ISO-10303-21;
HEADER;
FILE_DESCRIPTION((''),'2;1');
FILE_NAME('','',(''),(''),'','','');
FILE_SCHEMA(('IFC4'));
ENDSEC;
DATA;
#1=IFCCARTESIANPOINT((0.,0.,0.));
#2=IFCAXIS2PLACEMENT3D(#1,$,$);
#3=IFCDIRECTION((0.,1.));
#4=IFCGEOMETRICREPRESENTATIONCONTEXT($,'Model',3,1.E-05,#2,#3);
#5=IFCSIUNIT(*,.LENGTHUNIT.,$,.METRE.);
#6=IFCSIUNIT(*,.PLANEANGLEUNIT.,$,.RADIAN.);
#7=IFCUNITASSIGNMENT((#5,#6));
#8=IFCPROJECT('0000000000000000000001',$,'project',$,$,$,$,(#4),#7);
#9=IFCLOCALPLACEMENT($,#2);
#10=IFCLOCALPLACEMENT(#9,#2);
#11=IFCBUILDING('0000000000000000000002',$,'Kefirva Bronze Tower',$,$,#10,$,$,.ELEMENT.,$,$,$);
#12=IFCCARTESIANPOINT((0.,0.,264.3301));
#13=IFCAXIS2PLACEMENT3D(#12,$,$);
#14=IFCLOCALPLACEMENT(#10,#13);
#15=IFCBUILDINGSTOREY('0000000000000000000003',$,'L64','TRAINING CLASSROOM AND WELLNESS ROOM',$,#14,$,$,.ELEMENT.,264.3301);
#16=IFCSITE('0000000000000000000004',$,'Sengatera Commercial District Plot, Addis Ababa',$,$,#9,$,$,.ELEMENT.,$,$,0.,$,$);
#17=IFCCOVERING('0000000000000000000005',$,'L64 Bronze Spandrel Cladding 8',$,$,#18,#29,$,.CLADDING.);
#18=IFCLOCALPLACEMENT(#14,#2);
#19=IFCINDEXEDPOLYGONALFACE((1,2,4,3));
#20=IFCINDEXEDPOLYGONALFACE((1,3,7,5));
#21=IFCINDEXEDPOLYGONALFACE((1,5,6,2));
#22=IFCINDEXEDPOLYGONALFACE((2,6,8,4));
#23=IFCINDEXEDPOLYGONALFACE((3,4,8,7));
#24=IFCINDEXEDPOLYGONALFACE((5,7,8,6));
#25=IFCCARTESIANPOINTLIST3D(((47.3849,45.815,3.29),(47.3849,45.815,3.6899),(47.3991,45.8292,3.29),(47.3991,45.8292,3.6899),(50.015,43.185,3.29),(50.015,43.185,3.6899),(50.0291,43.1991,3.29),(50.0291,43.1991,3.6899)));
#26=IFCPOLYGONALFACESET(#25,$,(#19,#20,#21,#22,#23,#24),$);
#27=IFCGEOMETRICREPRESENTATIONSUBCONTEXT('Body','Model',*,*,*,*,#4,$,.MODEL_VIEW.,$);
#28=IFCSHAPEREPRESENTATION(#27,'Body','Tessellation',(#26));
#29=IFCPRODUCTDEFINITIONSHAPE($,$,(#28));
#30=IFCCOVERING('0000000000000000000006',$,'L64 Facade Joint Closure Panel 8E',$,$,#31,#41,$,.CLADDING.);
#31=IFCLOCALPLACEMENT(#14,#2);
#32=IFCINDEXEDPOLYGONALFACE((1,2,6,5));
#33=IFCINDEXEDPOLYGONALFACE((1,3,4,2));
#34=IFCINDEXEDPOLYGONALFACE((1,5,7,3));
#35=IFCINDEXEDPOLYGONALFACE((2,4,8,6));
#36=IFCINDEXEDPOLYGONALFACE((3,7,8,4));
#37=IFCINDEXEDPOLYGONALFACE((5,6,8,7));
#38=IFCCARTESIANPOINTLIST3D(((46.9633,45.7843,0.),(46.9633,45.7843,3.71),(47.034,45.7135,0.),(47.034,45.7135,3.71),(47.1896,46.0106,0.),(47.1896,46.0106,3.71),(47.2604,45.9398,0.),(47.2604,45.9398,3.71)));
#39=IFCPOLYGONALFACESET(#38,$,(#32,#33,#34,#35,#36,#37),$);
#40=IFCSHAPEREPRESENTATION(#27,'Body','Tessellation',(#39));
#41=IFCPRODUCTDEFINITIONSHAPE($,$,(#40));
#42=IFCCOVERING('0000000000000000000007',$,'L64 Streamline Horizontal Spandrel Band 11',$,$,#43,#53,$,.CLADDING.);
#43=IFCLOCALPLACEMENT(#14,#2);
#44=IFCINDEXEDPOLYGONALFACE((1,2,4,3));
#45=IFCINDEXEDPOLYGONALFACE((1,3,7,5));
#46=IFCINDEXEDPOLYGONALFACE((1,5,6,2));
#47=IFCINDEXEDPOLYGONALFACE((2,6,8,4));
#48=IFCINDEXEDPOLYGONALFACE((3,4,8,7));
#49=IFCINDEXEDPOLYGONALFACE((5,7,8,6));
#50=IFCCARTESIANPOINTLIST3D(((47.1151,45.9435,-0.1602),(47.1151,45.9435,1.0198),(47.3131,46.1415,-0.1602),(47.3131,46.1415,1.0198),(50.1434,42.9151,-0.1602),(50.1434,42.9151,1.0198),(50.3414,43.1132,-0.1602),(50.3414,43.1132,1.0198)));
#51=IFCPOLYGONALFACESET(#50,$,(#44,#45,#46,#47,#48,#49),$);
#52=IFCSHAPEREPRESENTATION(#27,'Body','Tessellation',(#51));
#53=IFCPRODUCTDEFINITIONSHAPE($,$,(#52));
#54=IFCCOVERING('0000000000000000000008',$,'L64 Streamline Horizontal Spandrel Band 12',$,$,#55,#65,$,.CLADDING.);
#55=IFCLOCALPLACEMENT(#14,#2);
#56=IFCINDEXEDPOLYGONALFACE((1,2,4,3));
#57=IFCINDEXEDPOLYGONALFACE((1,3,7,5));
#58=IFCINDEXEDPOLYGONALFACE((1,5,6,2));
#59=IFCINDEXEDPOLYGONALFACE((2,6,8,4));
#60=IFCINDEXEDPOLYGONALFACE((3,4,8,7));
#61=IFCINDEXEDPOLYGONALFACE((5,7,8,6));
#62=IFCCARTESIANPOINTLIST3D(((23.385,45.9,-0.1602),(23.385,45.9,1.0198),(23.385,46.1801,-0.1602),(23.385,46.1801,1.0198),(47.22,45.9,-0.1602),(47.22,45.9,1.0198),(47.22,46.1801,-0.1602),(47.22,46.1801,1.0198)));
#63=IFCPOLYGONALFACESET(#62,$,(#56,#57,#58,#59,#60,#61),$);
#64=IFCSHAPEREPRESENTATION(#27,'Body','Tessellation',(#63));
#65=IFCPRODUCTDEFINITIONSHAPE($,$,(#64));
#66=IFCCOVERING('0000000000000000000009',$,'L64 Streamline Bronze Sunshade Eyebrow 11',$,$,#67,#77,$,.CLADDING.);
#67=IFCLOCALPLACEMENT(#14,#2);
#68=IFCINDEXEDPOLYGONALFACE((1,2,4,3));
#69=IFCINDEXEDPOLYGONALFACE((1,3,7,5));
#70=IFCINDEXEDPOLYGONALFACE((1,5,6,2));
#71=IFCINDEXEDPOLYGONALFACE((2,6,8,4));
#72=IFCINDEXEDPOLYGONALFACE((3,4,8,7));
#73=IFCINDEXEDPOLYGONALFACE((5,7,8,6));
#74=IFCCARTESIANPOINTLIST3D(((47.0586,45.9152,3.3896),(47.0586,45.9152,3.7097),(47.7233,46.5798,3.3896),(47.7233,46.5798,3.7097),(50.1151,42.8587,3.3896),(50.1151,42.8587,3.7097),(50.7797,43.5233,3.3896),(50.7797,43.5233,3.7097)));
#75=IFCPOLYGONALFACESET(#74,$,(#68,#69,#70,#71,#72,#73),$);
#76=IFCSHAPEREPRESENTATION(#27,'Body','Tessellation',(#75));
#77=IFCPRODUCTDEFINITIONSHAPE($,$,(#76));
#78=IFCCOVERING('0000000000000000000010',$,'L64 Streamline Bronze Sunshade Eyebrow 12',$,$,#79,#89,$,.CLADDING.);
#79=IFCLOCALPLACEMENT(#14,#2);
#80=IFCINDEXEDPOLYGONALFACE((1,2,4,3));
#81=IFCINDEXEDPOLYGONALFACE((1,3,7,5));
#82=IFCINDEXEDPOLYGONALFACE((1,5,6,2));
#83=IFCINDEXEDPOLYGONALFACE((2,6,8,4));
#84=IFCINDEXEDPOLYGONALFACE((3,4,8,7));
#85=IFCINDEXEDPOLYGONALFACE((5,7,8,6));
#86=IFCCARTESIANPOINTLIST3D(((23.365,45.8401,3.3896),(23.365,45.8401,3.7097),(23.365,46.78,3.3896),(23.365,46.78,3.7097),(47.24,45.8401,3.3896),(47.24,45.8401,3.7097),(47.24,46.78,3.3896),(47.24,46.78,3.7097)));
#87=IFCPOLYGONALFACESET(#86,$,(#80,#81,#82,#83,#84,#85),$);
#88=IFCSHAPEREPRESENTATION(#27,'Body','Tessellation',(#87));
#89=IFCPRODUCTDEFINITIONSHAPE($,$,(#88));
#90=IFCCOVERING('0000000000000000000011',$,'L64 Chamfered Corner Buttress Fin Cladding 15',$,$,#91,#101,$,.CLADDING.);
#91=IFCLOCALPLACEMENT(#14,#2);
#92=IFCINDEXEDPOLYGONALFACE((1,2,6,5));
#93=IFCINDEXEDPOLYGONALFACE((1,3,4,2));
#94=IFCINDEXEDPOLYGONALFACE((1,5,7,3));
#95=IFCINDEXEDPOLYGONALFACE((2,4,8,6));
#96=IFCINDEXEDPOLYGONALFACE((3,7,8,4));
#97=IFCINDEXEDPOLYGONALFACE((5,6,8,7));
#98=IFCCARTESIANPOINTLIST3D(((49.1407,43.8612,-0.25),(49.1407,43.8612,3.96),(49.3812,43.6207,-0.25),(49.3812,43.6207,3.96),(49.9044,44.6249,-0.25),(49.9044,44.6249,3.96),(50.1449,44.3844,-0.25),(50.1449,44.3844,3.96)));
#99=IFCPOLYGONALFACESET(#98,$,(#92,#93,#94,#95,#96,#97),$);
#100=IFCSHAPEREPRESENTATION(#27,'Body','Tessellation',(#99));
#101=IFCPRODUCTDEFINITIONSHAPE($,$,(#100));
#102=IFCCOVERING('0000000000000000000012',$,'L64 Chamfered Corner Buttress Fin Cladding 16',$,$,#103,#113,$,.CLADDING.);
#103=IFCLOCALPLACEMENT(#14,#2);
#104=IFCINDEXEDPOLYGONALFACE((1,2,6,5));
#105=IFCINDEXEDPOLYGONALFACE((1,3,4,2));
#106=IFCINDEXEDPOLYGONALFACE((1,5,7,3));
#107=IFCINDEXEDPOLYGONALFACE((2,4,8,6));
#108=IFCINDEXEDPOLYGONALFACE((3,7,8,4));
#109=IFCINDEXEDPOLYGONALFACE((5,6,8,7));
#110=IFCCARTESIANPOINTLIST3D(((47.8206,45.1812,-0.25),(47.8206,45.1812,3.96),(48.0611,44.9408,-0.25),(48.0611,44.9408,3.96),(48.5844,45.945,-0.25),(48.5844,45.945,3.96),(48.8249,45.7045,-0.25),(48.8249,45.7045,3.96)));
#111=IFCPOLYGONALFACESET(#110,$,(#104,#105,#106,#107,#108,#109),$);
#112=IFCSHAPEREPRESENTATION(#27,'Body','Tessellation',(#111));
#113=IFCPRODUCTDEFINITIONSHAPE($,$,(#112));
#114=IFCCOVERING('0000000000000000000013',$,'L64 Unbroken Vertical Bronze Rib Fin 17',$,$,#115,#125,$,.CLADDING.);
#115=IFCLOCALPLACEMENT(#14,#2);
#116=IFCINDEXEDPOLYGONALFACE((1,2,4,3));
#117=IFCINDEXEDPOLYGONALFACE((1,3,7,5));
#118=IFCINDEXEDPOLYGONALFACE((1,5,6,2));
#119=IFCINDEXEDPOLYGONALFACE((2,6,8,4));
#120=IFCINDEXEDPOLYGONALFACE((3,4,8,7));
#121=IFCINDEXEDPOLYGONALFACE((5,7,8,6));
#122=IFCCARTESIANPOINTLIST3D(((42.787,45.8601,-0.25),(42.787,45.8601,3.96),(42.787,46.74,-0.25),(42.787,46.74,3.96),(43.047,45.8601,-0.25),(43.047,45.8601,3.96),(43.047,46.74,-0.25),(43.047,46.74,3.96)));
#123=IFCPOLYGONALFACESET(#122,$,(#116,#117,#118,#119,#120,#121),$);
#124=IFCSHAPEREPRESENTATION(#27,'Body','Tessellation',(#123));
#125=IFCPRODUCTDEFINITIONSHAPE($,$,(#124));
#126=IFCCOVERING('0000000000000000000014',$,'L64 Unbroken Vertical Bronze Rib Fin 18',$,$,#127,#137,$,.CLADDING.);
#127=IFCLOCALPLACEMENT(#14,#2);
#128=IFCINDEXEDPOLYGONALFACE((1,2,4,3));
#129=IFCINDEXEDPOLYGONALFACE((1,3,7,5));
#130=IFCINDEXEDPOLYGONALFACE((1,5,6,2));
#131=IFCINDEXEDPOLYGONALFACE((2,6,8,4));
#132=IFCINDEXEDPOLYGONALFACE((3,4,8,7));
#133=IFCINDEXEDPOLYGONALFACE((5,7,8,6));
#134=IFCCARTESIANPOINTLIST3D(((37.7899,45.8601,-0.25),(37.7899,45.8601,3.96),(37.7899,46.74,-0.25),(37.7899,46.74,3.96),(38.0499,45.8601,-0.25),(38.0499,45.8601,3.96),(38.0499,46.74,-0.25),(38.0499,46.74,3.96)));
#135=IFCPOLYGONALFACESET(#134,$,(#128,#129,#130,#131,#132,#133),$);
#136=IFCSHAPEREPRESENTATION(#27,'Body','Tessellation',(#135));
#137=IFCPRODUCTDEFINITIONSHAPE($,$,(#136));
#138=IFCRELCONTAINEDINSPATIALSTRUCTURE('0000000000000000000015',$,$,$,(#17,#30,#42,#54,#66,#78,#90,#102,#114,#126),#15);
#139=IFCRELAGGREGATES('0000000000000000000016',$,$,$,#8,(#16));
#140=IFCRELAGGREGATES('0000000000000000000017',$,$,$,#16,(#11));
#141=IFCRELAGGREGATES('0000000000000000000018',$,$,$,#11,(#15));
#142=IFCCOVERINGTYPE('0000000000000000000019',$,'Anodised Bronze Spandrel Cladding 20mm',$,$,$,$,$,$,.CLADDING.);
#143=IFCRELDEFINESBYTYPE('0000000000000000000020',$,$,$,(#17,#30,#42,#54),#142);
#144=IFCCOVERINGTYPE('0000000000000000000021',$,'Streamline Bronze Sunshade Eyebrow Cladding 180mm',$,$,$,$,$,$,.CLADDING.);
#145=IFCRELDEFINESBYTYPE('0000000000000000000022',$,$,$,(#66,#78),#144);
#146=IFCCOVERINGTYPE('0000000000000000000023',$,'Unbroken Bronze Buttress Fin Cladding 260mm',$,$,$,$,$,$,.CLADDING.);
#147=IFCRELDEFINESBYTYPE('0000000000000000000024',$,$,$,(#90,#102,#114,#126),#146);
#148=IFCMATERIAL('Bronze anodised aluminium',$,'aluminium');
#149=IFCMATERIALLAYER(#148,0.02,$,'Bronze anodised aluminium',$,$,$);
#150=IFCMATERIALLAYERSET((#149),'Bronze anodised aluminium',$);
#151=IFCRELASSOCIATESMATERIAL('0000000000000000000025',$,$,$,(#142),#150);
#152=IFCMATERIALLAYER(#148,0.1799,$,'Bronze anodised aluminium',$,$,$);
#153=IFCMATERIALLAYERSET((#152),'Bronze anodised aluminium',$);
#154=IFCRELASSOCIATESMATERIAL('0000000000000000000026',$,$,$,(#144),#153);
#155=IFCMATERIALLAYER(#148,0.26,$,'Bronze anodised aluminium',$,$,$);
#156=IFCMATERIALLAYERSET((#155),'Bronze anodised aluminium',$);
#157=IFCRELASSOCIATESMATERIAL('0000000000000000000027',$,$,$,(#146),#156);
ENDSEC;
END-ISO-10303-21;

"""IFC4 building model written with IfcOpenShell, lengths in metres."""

from ifc_helpers import new_model, si_unit, direction, frame, origin, origin_2d, place, context, subcontext, project, spatial, rectangle, extrude, material, layer, layer_set, type_object, element, save


model = new_model("IFC4")

# Units and contexts
model_context = context("Model", 3, precision=1e-05, world=origin(), true_north=direction((0.0, 1.0)))
body_context = subcontext(model_context, "Body", "Model", "MODEL_VIEW")
ifc_project = project(units=[si_unit("LENGTHUNIT", "METRE"), si_unit("PLANEANGLEUNIT", "RADIAN")], contexts=[model_context])

# Site, building, storey
site_placement = place(None, origin())
site = spatial("IfcSite", under=ifc_project, at=site_placement, Name="Sengatera Commercial District Plot, Addis Ababa", CompositionType="ELEMENT", RefElevation=0.0)
building_placement = place(site_placement, origin())
building = spatial("IfcBuilding", under=site, at=building_placement, Name="Kefirva Bronze Tower", CompositionType="ELEMENT")
storey_placement = place(building_placement, frame((0.0, 0.0, 264.3301)))
storey = spatial("IfcBuildingStorey", under=building, at=storey_placement, Name="L64", Description="TRAINING CLASSROOM AND WELLNESS ROOM", CompositionType="ELEMENT", Elevation=264.3301)

# Shared definitions
ifc_material_1 = material(Name="Bronze anodised aluminium", Category="aluminium")

# Coverings
ifc_layer_1 = layer(ifc_material_1, 0.02, Name="Bronze anodised aluminium")
ifc_layer_set_1 = layer_set([ifc_layer_1], Name="Bronze anodised aluminium")
covering_type_1 = type_object("IfcCoveringType", Name="Anodised Bronze Spandrel Cladding 20mm", PredefinedType="CLADDING", material=ifc_layer_set_1)
covering_1_placement = place(storey_placement, frame((48.707, 44.5071, 3.29), z_axis=(0.0, 0.0, 1.0), x_axis=(-0.707107, 0.707107, 0.0)))
element("IfcCovering", 1, at=covering_1_placement, inside=storey, type_object=covering_type_1, Name="L64 Bronze Spandrel Cladding 8", PredefinedType="CLADDING", context=body_context, shape_type="SweptSolid", body=[
    extrude(rectangle(XDim=3.7195, YDim=0.02, at=origin_2d()), origin(), (0.0, 0.0, 1.0), 0.3999),
])
covering_2_placement = place(storey_placement, frame((47.1118, 45.8621, 0.0), z_axis=(0.0, 0.0, 1.0), x_axis=(-0.707107, 0.707107, 0.0)))
element("IfcCovering", 2, at=covering_2_placement, inside=storey, type_object=covering_type_1, Name="L64 Facade Joint Closure Panel 8E", PredefinedType="CLADDING", context=body_context, shape_type="SweptSolid", body=[
    extrude(rectangle(XDim=0.1001, YDim=0.3201, at=origin_2d()), origin(), (0.0, 0.0, 1.0), 3.71),
])
covering_3_placement = place(storey_placement, frame((48.7283, 44.5283, -0.1602), z_axis=(0.0, 0.0, 1.0), x_axis=(-0.707107, 0.707107, 0.0)))
element("IfcCovering", 3, at=covering_3_placement, inside=storey, type_object=covering_type_1, Name="L64 Streamline Horizontal Spandrel Band 11", PredefinedType="CLADDING", context=body_context, shape_type="SweptSolid", body=[
    extrude(rectangle(XDim=4.2827, YDim=0.28, at=origin_2d()), origin(), (0.0, 0.0, 1.0), 1.1799),
])
covering_4_placement = place(storey_placement, frame((35.3025, 46.04, -0.1602), z_axis=(0.0, 0.0, 1.0), x_axis=(-1.0, 0.0, 0.0)))
element("IfcCovering", 4, at=covering_4_placement, inside=storey, type_object=covering_type_1, Name="L64 Streamline Horizontal Spandrel Band 12", PredefinedType="CLADDING", context=body_context, shape_type="SweptSolid", body=[
    extrude(rectangle(XDim=23.835, YDim=0.28, at=origin_2d()), origin(), (0.0, 0.0, 1.0), 1.1799),
])
ifc_layer_2 = layer(ifc_material_1, 0.1799, Name="Bronze anodised aluminium")
ifc_layer_set_2 = layer_set([ifc_layer_2], Name="Bronze anodised aluminium")
covering_type_2 = type_object("IfcCoveringType", Name="Streamline Bronze Sunshade Eyebrow Cladding 180mm", PredefinedType="CLADDING", material=ifc_layer_set_2)
covering_5_placement = place(storey_placement, frame((48.9192, 44.7192, 3.3896), z_axis=(0.0, 0.0, 1.0), x_axis=(-0.707107, 0.707107, 0.0)))
element("IfcCovering", 5, at=covering_5_placement, inside=storey, type_object=covering_type_2, Name="L64 Streamline Bronze Sunshade Eyebrow 11", PredefinedType="CLADDING", context=body_context, shape_type="SweptSolid", body=[
    extrude(rectangle(XDim=4.3225, YDim=0.9399, at=origin_2d()), origin(), (0.0, 0.0, 1.0), 0.3201),
])
covering_6_placement = place(storey_placement, frame((35.3025, 46.3101, 3.3896), z_axis=(0.0, 0.0, 1.0), x_axis=(-1.0, 0.0, 0.0)))
element("IfcCovering", 6, at=covering_6_placement, inside=storey, type_object=covering_type_2, Name="L64 Streamline Bronze Sunshade Eyebrow 12", PredefinedType="CLADDING", context=body_context, shape_type="SweptSolid", body=[
    extrude(rectangle(XDim=23.875, YDim=0.9399, at=origin_2d()), origin(), (0.0, 0.0, 1.0), 0.3201),
])
ifc_layer_3 = layer(ifc_material_1, 0.26, Name="Bronze anodised aluminium")
ifc_layer_set_3 = layer_set([ifc_layer_3], Name="Bronze anodised aluminium")
covering_type_3 = type_object("IfcCoveringType", Name="Unbroken Bronze Buttress Fin Cladding 260mm", PredefinedType="CLADDING", material=ifc_layer_set_3)
for number, where, z_axis, x_axis, name in (
    (7, (49.6428, 44.1228, -0.25), (0.0, 0.0, 1.0), (-0.707107, 0.707107, 0.0), "L64 Chamfered Corner Buttress Fin Cladding 15"),
    (8, (48.3228, 45.4429, -0.25), (0.0, 0.0, 1.0), (-0.707107, 0.707107, 0.0), "L64 Chamfered Corner Buttress Fin Cladding 16"),
):
    element("IfcCovering", number, at=place(storey_placement, frame(where, z_axis=z_axis, x_axis=x_axis)), inside=storey, type_object=covering_type_3, Name=name, PredefinedType="CLADDING", context=body_context, shape_type="SweptSolid", body=[
        extrude(rectangle(XDim=0.3401, YDim=1.0801, at=origin_2d()), origin(), (0.0, 0.0, 1.0), 4.21),
    ])
for number, where, z_axis, x_axis, name in (
    (9, (42.917, 46.3, -0.25), (0.0, 0.0, 1.0), (-1.0, 0.0, 0.0), "L64 Unbroken Vertical Bronze Rib Fin 17"),
    (10, (37.9199, 46.3, -0.25), (0.0, 0.0, 1.0), (-1.0, 0.0, 0.0), "L64 Unbroken Vertical Bronze Rib Fin 18"),
):
    element("IfcCovering", number, at=place(storey_placement, frame(where, z_axis=z_axis, x_axis=x_axis)), inside=storey, type_object=covering_type_3, Name=name, PredefinedType="CLADDING", context=body_context, shape_type="SweptSolid", body=[
        extrude(rectangle(XDim=0.26, YDim=0.8799, at=origin_2d()), origin(), (0.0, 0.0, 1.0), 4.21),
    ])

save(model, "model.ifc")
